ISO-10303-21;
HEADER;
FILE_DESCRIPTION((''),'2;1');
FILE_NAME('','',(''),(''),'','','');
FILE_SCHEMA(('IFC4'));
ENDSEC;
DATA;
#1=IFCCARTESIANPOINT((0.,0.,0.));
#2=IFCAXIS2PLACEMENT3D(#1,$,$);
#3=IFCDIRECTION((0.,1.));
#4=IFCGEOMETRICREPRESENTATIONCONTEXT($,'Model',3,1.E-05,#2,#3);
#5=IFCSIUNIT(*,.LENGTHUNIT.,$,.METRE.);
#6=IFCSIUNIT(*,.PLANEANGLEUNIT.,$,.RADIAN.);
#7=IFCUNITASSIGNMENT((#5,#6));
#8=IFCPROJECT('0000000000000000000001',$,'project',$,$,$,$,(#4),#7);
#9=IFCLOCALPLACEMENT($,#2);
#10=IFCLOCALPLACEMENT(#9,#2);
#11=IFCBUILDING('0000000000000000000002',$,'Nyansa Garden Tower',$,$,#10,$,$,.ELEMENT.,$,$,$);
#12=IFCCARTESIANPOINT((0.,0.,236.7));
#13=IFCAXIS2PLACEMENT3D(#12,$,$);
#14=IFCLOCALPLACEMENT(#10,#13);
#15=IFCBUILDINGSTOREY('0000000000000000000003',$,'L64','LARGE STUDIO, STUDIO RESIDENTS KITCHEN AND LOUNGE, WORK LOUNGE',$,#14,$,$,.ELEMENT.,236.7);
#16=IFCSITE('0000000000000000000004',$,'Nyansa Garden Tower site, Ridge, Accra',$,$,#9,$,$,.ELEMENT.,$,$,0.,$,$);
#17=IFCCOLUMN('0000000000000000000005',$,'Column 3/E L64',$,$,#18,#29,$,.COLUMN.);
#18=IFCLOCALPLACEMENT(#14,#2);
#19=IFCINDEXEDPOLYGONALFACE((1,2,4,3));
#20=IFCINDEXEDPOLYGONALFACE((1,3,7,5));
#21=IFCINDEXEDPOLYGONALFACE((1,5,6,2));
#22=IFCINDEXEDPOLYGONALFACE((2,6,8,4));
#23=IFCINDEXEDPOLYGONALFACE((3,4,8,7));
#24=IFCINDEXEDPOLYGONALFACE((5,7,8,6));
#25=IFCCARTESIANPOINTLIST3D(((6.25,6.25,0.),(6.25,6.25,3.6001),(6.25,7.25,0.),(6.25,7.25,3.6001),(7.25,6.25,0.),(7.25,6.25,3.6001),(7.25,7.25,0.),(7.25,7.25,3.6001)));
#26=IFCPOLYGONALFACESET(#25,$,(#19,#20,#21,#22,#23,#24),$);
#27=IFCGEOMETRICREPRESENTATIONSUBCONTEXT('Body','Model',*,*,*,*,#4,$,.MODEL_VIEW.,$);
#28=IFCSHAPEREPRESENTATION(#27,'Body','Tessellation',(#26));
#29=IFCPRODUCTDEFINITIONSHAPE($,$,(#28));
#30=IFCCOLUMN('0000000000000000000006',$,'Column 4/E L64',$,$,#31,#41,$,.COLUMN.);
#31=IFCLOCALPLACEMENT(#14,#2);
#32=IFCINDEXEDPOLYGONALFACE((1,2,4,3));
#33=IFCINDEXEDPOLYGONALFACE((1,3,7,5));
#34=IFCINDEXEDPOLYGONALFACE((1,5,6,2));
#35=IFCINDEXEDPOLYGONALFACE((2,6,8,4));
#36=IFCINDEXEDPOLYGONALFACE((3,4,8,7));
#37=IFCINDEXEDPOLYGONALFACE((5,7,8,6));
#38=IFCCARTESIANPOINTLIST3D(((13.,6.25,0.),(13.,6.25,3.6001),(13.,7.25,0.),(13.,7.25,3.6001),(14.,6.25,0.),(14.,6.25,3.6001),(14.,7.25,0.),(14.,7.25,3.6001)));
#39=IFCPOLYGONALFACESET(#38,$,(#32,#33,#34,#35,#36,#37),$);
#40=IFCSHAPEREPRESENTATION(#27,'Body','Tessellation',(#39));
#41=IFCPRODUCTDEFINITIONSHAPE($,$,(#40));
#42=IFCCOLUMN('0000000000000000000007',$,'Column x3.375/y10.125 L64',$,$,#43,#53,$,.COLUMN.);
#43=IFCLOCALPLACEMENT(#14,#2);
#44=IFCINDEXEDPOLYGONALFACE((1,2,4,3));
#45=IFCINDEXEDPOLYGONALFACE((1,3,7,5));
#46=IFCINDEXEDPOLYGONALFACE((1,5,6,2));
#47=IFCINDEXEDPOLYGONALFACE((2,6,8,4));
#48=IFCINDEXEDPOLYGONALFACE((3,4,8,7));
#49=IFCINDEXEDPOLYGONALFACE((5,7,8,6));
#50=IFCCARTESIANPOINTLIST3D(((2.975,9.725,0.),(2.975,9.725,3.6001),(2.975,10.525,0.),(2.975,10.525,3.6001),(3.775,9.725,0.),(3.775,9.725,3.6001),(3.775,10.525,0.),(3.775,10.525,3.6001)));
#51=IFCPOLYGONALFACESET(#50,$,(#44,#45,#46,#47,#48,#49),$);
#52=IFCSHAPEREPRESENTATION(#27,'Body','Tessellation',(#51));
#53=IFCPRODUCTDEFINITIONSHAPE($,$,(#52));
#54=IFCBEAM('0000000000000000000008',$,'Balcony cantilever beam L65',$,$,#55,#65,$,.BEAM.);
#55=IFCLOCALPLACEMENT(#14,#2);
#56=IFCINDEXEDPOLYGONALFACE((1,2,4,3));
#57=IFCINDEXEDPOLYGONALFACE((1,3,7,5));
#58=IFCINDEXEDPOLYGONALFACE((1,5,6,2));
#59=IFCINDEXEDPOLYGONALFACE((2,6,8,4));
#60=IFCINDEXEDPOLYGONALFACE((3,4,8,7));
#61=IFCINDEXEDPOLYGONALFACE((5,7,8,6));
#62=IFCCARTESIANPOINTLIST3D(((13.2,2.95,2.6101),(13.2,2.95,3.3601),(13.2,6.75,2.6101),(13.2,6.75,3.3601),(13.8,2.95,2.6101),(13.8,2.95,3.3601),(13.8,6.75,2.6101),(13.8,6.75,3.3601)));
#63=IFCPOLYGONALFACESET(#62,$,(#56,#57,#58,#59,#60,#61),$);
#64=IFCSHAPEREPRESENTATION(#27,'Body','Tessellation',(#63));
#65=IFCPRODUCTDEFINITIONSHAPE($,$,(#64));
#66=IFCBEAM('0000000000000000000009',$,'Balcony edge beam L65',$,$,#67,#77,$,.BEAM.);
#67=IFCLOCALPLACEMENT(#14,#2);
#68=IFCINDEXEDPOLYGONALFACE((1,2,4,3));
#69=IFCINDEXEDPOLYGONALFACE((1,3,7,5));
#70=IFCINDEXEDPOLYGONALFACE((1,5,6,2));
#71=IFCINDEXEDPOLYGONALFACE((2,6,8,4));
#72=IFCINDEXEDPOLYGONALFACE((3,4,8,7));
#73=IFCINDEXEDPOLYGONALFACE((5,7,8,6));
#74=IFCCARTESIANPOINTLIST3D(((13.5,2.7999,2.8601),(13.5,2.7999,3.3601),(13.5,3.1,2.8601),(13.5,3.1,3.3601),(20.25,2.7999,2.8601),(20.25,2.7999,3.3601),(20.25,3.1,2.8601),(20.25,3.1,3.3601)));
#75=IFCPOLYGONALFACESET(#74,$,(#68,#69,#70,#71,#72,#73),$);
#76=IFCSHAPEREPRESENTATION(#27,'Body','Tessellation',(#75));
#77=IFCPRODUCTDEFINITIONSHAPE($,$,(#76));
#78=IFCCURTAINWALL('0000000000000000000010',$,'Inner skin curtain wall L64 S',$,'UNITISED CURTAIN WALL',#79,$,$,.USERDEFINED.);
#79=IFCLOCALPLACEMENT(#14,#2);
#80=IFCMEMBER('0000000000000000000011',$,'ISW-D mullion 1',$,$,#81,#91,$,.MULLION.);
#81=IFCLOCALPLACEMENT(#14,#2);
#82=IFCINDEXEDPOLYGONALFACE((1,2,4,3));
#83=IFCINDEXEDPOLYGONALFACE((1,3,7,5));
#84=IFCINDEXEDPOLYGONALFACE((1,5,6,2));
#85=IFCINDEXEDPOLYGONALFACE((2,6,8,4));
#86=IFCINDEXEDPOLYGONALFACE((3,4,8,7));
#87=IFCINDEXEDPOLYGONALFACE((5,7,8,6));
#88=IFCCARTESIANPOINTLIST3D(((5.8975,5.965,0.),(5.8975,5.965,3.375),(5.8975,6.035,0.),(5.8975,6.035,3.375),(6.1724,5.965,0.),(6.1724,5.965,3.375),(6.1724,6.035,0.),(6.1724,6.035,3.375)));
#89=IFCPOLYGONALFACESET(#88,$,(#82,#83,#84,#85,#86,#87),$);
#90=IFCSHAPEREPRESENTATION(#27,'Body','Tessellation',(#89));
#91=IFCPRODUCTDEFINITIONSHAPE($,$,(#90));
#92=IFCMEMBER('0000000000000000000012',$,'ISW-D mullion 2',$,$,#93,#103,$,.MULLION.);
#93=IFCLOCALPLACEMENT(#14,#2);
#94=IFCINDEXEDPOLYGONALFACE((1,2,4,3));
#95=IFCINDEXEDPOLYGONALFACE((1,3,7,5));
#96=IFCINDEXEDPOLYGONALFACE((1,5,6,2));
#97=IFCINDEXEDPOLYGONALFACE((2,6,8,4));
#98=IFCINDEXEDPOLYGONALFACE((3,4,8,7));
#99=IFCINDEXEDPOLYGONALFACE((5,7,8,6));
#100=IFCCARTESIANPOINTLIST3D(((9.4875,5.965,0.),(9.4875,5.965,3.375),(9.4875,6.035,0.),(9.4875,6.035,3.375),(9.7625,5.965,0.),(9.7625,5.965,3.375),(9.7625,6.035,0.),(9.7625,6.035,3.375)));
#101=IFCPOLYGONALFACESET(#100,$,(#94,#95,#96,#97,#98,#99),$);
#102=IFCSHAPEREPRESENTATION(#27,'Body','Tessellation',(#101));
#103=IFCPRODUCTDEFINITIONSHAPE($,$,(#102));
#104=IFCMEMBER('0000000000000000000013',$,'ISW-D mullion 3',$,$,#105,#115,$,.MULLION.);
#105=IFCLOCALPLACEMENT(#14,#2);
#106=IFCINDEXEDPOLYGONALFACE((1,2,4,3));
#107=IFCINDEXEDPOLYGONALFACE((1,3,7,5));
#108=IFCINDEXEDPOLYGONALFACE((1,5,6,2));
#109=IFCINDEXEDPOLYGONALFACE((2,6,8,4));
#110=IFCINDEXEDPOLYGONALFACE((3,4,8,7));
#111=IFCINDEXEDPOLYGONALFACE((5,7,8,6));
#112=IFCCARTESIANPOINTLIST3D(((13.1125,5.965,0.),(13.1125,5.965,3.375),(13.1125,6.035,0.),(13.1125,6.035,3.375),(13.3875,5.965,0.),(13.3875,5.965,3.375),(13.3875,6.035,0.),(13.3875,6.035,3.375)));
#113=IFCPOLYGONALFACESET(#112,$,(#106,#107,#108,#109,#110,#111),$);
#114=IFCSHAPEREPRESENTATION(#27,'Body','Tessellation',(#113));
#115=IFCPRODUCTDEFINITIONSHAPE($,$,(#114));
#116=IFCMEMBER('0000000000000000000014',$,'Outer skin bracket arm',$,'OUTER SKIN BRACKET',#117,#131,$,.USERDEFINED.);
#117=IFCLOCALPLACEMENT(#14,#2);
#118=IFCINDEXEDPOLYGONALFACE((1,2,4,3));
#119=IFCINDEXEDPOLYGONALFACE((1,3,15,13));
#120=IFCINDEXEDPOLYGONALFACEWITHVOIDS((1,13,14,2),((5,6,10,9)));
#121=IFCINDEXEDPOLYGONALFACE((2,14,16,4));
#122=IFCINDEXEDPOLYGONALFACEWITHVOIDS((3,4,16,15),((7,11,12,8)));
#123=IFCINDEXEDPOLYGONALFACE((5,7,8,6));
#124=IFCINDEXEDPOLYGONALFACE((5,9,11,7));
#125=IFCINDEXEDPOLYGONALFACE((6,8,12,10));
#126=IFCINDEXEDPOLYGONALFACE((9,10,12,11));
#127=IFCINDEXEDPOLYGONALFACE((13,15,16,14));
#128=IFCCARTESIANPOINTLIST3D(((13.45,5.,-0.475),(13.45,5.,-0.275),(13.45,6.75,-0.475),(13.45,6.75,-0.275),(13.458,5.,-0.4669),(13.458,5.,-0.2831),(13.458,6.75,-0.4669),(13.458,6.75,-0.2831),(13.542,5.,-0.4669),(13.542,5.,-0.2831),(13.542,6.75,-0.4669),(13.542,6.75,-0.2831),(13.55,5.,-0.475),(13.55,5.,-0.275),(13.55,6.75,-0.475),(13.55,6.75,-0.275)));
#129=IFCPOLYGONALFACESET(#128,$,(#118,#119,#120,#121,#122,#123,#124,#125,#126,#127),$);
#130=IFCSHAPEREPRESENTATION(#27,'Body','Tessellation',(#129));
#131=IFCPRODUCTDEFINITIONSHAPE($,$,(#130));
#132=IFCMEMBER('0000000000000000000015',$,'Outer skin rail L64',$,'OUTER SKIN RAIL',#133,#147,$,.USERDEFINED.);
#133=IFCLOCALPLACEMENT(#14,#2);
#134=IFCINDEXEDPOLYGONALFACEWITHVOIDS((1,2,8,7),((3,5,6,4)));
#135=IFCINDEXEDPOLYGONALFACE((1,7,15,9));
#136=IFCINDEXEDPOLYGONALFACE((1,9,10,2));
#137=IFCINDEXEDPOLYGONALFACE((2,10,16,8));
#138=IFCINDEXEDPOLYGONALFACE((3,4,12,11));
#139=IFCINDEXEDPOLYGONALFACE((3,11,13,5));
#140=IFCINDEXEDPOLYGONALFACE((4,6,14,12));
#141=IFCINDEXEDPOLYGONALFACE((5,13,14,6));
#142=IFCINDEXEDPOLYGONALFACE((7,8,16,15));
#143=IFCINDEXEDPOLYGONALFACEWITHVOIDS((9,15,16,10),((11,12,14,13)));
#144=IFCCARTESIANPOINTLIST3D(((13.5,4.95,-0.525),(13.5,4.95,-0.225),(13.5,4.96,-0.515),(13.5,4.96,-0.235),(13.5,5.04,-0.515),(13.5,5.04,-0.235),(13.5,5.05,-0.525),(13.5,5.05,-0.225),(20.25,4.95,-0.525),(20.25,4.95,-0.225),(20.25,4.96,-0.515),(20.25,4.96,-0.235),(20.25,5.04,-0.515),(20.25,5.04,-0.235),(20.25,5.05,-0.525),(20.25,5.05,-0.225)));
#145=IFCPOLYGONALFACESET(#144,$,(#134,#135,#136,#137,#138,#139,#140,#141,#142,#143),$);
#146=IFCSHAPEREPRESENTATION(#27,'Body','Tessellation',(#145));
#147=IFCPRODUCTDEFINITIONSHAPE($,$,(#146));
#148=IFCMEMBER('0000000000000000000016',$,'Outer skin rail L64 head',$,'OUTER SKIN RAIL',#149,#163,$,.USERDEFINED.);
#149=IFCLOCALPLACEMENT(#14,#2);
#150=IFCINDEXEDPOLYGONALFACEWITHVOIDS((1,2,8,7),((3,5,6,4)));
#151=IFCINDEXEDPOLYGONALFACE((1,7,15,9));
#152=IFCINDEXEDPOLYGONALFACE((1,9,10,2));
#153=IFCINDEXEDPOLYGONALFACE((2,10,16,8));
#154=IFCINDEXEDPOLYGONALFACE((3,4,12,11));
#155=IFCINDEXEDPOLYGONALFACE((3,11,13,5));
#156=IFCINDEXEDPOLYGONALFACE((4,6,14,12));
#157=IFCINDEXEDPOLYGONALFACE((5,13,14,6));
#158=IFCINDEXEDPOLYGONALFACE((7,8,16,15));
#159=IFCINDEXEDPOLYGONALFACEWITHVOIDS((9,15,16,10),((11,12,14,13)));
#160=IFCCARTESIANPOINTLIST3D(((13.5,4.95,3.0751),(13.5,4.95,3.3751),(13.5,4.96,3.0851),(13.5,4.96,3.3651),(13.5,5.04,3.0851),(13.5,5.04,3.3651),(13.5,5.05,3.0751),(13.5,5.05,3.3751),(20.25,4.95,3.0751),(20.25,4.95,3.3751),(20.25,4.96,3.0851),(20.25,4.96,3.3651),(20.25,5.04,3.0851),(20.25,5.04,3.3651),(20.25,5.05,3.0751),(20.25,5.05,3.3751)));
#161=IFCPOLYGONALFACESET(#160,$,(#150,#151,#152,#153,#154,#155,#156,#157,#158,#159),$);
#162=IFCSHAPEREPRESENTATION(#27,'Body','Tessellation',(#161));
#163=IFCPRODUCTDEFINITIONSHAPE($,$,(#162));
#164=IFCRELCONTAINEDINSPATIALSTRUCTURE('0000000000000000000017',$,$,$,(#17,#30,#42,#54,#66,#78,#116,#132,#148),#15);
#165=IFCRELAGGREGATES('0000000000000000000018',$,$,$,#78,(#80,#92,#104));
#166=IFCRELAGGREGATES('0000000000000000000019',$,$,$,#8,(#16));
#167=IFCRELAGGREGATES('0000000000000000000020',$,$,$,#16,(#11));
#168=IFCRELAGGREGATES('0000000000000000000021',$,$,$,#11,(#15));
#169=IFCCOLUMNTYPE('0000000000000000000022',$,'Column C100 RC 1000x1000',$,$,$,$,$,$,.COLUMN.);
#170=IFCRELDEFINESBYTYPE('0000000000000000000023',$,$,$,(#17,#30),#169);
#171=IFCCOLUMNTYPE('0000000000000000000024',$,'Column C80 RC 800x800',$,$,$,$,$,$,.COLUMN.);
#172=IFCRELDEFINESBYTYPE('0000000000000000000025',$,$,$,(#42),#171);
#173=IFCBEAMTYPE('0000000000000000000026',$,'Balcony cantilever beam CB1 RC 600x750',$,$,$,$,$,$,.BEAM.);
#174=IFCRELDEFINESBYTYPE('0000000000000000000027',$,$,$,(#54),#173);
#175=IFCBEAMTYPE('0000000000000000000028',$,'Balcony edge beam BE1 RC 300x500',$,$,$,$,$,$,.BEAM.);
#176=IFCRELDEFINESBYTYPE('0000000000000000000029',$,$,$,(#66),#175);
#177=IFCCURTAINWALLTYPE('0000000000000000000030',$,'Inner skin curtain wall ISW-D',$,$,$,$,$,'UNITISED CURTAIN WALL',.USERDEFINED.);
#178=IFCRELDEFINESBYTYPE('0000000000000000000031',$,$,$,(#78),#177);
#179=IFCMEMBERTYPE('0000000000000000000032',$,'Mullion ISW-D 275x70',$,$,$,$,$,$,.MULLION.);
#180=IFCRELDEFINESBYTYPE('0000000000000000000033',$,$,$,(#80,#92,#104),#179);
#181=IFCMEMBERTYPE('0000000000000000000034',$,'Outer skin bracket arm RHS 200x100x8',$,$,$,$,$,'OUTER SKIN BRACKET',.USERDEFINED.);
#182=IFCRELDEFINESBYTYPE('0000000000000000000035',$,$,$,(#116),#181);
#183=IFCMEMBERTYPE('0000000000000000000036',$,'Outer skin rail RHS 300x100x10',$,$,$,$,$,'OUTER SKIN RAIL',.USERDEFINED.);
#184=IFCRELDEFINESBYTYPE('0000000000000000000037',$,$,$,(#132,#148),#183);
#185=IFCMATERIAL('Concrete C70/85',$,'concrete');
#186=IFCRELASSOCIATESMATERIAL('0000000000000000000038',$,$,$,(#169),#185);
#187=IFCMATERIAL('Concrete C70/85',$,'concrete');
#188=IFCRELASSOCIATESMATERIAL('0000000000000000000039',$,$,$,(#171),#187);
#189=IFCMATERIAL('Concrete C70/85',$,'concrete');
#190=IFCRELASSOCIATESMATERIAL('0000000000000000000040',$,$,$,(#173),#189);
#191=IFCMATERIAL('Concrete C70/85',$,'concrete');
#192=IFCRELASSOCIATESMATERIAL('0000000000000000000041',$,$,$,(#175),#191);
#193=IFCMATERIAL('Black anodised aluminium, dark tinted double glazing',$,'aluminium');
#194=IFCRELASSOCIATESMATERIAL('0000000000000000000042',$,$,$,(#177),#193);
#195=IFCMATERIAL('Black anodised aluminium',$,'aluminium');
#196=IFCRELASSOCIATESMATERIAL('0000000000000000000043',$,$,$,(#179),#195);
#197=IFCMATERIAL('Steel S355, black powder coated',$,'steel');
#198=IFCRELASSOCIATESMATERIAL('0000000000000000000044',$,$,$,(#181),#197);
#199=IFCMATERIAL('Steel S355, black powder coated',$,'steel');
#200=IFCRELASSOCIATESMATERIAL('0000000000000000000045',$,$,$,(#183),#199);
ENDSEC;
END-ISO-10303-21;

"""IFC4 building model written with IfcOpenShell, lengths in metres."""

from ifc_helpers import new_model, si_unit, direction, frame, origin, origin_2d, place, context, subcontext, project, spatial, rectangle, hollow_rectangle, extrude, material, material_profile, profile_set, type_object, element, aggregate, save


model = new_model("IFC4")

# Units and contexts
model_context = context("Model", 3, precision=1e-05, world=origin(), true_north=direction((0.0, 1.0)))
body_context = subcontext(model_context, "Body", "Model", "MODEL_VIEW")
ifc_project = project(units=[si_unit("LENGTHUNIT", "METRE"), si_unit("PLANEANGLEUNIT", "RADIAN")], contexts=[model_context])

# Site, building, storey
site_placement = place(None, origin())
site = spatial("IfcSite", under=ifc_project, at=site_placement, Name="Nyansa Garden Tower site, Ridge, Accra", CompositionType="ELEMENT", RefElevation=0.0)
building_placement = place(site_placement, origin())
building = spatial("IfcBuilding", under=site, at=building_placement, Name="Nyansa Garden Tower", CompositionType="ELEMENT")
storey_placement = place(building_placement, frame((0.0, 0.0, 236.7)))
storey = spatial("IfcBuildingStorey", under=building, at=storey_placement, Name="L64", Description="LARGE STUDIO, STUDIO RESIDENTS KITCHEN AND LOUNGE, WORK LOUNGE", CompositionType="ELEMENT", Elevation=236.7)

# Columns
ifc_material_1 = material(Name="Concrete C70/85", Category="concrete")
ifc_material_profile_1 = material_profile(ifc_material_1, rectangle(XDim=1.0, YDim=1.0, at=origin_2d()), Name="RC 1000x1000")
ifc_profile_set_1 = profile_set([ifc_material_profile_1], Name="Concrete C70/85")
column_type_1 = type_object("IfcColumnType", Name="Column C100 RC 1000x1000", PredefinedType="COLUMN", material=ifc_profile_set_1)
for number, where, z_axis, x_axis, name in (
    (1, (6.75, 6.75, 0.0), (0.0, 0.0, 1.0), (1.0, 0.0, 0.0), "Column 3/E L64"),
    (2, (13.5, 6.75, 0.0), (0.0, 0.0, 1.0), (1.0, 0.0, 0.0), "Column 4/E L64"),
):
    element("IfcColumn", number, at=place(storey_placement, frame(where, z_axis=z_axis, x_axis=x_axis)), inside=storey, type_object=column_type_1, Name=name, PredefinedType="COLUMN", context=body_context, shape_type="SweptSolid", body=[
        extrude(rectangle(XDim=1.0, YDim=1.0, at=origin_2d()), origin(), (0.0, 0.0, 1.0), 3.6001),
    ])
ifc_material_2 = material(Name="Concrete C70/85", Category="concrete")
ifc_material_profile_2 = material_profile(ifc_material_2, rectangle(XDim=0.8, YDim=0.8, at=origin_2d()), Name="RC 800x800")
ifc_profile_set_2 = profile_set([ifc_material_profile_2], Name="Concrete C70/85")
column_type_2 = type_object("IfcColumnType", Name="Column C80 RC 800x800", PredefinedType="COLUMN", material=ifc_profile_set_2)
column_placement = place(storey_placement, frame((3.375, 10.125, 0.0), z_axis=(0.0, 0.0, 1.0), x_axis=(1.0, 0.0, 0.0)))
element("IfcColumn", 3, at=column_placement, inside=storey, type_object=column_type_2, Name="Column x3.375/y10.125 L64", PredefinedType="COLUMN", context=body_context, shape_type="SweptSolid", body=[
    extrude(rectangle(XDim=0.8, YDim=0.8, at=origin_2d()), origin(), (0.0, 0.0, 1.0), 3.6001),
])

# Beams
ifc_material_3 = material(Name="Concrete C70/85", Category="concrete")
ifc_material_profile_3 = material_profile(ifc_material_3, rectangle(XDim=0.6001, YDim=0.75, at=origin_2d()), Name="RC 600x750")
ifc_profile_set_3 = profile_set([ifc_material_profile_3], Name="Concrete C70/85")
beam_type_1 = type_object("IfcBeamType", Name="Balcony cantilever beam CB1 RC 600x750", PredefinedType="BEAM", material=ifc_profile_set_3)
beam_1_placement = place(storey_placement, frame((13.5, 6.75, 2.9851), z_axis=(0.0, -1.0, 0.0), x_axis=(1.0, 0.0, 0.0)))
element("IfcBeam", 4, at=beam_1_placement, inside=storey, type_object=beam_type_1, Name="Balcony cantilever beam L65", PredefinedType="BEAM", context=body_context, shape_type="SweptSolid", body=[
    extrude(rectangle(XDim=0.6001, YDim=0.75, at=origin_2d()), origin(), (0.0, 0.0, 1.0), 3.8),
])
ifc_material_4 = material(Name="Concrete C70/85", Category="concrete")
ifc_material_profile_4 = material_profile(ifc_material_4, rectangle(XDim=0.3, YDim=0.5, at=origin_2d()), Name="RC 300x500")
ifc_profile_set_4 = profile_set([ifc_material_profile_4], Name="Concrete C70/85")
beam_type_2 = type_object("IfcBeamType", Name="Balcony edge beam BE1 RC 300x500", PredefinedType="BEAM", material=ifc_profile_set_4)
beam_2_placement = place(storey_placement, frame((13.5, 2.95, 3.1101), z_axis=(1.0, 0.0, 0.0), x_axis=(0.0, 1.0, 0.0)))
element("IfcBeam", 5, at=beam_2_placement, inside=storey, type_object=beam_type_2, Name="Balcony edge beam L65", PredefinedType="BEAM", context=body_context, shape_type="SweptSolid", body=[
    extrude(rectangle(XDim=0.3, YDim=0.5, at=origin_2d()), origin(), (0.0, 0.0, 1.0), 6.75),
])

# Curtain wall, members
ifc_material_5 = material(Name="Black anodised aluminium, dark tinted double glazing", Category="aluminium")
curtain_wall_type = type_object("IfcCurtainWallType", Name="Inner skin curtain wall ISW-D", ElementType="UNITISED CURTAIN WALL", PredefinedType="USERDEFINED", material=ifc_material_5)
curtain_wall_placement = place(storey_placement, origin())
curtain_wall = element("IfcCurtainWall", 6, at=curtain_wall_placement, inside=storey, type_object=curtain_wall_type, Name="Inner skin curtain wall L64 S", ObjectType="UNITISED CURTAIN WALL", PredefinedType="USERDEFINED")
ifc_material_6 = material(Name="Black anodised aluminium", Category="aluminium")
ifc_material_profile_5 = material_profile(ifc_material_6, rectangle(XDim=0.0701, YDim=0.2749, at=origin_2d()), Name="Mullion 275x70")
ifc_profile_set_5 = profile_set([ifc_material_profile_5], Name="Black anodised aluminium")
member_type_1 = type_object("IfcMemberType", Name="Mullion ISW-D 275x70", PredefinedType="MULLION", material=ifc_profile_set_5)
member_1_placement = place(storey_placement, frame((6.0349, 6.0, 0.0), z_axis=(0.0, 0.0, 1.0), x_axis=(0.0, 1.0, 0.0)))
member_1 = element("IfcMember", 7, at=member_1_placement, type_object=member_type_1, Name="ISW-D mullion 1", PredefinedType="MULLION", context=body_context, shape_type="SweptSolid", body=[
    extrude(rectangle(XDim=0.0701, YDim=0.2749, at=origin_2d()), origin(), (0.0, 0.0, 1.0), 3.375),
])
member_2_placement = place(storey_placement, frame((9.625, 6.0, 0.0), z_axis=(0.0, 0.0, 1.0), x_axis=(0.0, 1.0, 0.0)))
member_2 = element("IfcMember", 8, at=member_2_placement, type_object=member_type_1, Name="ISW-D mullion 2", PredefinedType="MULLION", context=body_context, shape_type="SweptSolid", body=[
    extrude(rectangle(XDim=0.0701, YDim=0.2749, at=origin_2d()), origin(), (0.0, 0.0, 1.0), 3.375),
])
member_3_placement = place(storey_placement, frame((13.25, 6.0, 0.0), z_axis=(0.0, 0.0, 1.0), x_axis=(0.0, 1.0, 0.0)))
member_3 = element("IfcMember", 9, at=member_3_placement, type_object=member_type_1, Name="ISW-D mullion 3", PredefinedType="MULLION", context=body_context, shape_type="SweptSolid", body=[
    extrude(rectangle(XDim=0.0701, YDim=0.2749, at=origin_2d()), origin(), (0.0, 0.0, 1.0), 3.375),
])

# Members
ifc_material_7 = material(Name="Steel S355, black powder coated", Category="steel")
ifc_material_profile_6 = material_profile(ifc_material_7, hollow_rectangle(XDim=0.1001, YDim=0.2, WallThickness=0.0081, at=origin_2d()), Name="RHS 200x100x8")
ifc_profile_set_6 = profile_set([ifc_material_profile_6], Name="Steel S355, black powder coated")
member_type_2 = type_object("IfcMemberType", Name="Outer skin bracket arm RHS 200x100x8", ElementType="OUTER SKIN BRACKET", PredefinedType="USERDEFINED", material=ifc_profile_set_6)
member_4_placement = place(storey_placement, frame((13.5, 6.75, -0.375), z_axis=(0.0, -1.0, 0.0), x_axis=(1.0, 0.0, 0.0)))
element("IfcMember", 10, at=member_4_placement, inside=storey, type_object=member_type_2, Name="Outer skin bracket arm", ObjectType="OUTER SKIN BRACKET", PredefinedType="USERDEFINED", context=body_context, shape_type="SweptSolid", body=[
    extrude(hollow_rectangle(XDim=0.1001, YDim=0.2, WallThickness=0.0081, at=origin_2d()), origin(), (0.0, 0.0, 1.0), 1.75),
])
ifc_material_8 = material(Name="Steel S355, black powder coated", Category="steel")
ifc_material_profile_7 = material_profile(ifc_material_8, hollow_rectangle(XDim=0.1001, YDim=0.3, WallThickness=0.01, at=origin_2d()), Name="RHS 300x100x10")
ifc_profile_set_7 = profile_set([ifc_material_profile_7], Name="Steel S355, black powder coated")
member_type_3 = type_object("IfcMemberType", Name="Outer skin rail RHS 300x100x10", ElementType="OUTER SKIN RAIL", PredefinedType="USERDEFINED", material=ifc_profile_set_7)
for number, where, z_axis, x_axis, name in (
    (11, (13.5, 5.0, -0.375), (1.0, 0.0, 0.0), (0.0, 1.0, 0.0), "Outer skin rail L64"),
    (12, (13.5, 5.0, 3.2251), (1.0, 0.0, 0.0), (0.0, 1.0, 0.0), "Outer skin rail L64 head"),
):
    element("IfcMember", number, at=place(storey_placement, frame(where, z_axis=z_axis, x_axis=x_axis)), inside=storey, type_object=member_type_3, Name=name, ObjectType="OUTER SKIN RAIL", PredefinedType="USERDEFINED", context=body_context, shape_type="SweptSolid", body=[
        extrude(hollow_rectangle(XDim=0.1001, YDim=0.3, WallThickness=0.01, at=origin_2d()), origin(), (0.0, 0.0, 1.0), 6.75),
    ])

aggregate(curtain_wall, [member_1, member_2, member_3])

save(model, "model.ifc")
